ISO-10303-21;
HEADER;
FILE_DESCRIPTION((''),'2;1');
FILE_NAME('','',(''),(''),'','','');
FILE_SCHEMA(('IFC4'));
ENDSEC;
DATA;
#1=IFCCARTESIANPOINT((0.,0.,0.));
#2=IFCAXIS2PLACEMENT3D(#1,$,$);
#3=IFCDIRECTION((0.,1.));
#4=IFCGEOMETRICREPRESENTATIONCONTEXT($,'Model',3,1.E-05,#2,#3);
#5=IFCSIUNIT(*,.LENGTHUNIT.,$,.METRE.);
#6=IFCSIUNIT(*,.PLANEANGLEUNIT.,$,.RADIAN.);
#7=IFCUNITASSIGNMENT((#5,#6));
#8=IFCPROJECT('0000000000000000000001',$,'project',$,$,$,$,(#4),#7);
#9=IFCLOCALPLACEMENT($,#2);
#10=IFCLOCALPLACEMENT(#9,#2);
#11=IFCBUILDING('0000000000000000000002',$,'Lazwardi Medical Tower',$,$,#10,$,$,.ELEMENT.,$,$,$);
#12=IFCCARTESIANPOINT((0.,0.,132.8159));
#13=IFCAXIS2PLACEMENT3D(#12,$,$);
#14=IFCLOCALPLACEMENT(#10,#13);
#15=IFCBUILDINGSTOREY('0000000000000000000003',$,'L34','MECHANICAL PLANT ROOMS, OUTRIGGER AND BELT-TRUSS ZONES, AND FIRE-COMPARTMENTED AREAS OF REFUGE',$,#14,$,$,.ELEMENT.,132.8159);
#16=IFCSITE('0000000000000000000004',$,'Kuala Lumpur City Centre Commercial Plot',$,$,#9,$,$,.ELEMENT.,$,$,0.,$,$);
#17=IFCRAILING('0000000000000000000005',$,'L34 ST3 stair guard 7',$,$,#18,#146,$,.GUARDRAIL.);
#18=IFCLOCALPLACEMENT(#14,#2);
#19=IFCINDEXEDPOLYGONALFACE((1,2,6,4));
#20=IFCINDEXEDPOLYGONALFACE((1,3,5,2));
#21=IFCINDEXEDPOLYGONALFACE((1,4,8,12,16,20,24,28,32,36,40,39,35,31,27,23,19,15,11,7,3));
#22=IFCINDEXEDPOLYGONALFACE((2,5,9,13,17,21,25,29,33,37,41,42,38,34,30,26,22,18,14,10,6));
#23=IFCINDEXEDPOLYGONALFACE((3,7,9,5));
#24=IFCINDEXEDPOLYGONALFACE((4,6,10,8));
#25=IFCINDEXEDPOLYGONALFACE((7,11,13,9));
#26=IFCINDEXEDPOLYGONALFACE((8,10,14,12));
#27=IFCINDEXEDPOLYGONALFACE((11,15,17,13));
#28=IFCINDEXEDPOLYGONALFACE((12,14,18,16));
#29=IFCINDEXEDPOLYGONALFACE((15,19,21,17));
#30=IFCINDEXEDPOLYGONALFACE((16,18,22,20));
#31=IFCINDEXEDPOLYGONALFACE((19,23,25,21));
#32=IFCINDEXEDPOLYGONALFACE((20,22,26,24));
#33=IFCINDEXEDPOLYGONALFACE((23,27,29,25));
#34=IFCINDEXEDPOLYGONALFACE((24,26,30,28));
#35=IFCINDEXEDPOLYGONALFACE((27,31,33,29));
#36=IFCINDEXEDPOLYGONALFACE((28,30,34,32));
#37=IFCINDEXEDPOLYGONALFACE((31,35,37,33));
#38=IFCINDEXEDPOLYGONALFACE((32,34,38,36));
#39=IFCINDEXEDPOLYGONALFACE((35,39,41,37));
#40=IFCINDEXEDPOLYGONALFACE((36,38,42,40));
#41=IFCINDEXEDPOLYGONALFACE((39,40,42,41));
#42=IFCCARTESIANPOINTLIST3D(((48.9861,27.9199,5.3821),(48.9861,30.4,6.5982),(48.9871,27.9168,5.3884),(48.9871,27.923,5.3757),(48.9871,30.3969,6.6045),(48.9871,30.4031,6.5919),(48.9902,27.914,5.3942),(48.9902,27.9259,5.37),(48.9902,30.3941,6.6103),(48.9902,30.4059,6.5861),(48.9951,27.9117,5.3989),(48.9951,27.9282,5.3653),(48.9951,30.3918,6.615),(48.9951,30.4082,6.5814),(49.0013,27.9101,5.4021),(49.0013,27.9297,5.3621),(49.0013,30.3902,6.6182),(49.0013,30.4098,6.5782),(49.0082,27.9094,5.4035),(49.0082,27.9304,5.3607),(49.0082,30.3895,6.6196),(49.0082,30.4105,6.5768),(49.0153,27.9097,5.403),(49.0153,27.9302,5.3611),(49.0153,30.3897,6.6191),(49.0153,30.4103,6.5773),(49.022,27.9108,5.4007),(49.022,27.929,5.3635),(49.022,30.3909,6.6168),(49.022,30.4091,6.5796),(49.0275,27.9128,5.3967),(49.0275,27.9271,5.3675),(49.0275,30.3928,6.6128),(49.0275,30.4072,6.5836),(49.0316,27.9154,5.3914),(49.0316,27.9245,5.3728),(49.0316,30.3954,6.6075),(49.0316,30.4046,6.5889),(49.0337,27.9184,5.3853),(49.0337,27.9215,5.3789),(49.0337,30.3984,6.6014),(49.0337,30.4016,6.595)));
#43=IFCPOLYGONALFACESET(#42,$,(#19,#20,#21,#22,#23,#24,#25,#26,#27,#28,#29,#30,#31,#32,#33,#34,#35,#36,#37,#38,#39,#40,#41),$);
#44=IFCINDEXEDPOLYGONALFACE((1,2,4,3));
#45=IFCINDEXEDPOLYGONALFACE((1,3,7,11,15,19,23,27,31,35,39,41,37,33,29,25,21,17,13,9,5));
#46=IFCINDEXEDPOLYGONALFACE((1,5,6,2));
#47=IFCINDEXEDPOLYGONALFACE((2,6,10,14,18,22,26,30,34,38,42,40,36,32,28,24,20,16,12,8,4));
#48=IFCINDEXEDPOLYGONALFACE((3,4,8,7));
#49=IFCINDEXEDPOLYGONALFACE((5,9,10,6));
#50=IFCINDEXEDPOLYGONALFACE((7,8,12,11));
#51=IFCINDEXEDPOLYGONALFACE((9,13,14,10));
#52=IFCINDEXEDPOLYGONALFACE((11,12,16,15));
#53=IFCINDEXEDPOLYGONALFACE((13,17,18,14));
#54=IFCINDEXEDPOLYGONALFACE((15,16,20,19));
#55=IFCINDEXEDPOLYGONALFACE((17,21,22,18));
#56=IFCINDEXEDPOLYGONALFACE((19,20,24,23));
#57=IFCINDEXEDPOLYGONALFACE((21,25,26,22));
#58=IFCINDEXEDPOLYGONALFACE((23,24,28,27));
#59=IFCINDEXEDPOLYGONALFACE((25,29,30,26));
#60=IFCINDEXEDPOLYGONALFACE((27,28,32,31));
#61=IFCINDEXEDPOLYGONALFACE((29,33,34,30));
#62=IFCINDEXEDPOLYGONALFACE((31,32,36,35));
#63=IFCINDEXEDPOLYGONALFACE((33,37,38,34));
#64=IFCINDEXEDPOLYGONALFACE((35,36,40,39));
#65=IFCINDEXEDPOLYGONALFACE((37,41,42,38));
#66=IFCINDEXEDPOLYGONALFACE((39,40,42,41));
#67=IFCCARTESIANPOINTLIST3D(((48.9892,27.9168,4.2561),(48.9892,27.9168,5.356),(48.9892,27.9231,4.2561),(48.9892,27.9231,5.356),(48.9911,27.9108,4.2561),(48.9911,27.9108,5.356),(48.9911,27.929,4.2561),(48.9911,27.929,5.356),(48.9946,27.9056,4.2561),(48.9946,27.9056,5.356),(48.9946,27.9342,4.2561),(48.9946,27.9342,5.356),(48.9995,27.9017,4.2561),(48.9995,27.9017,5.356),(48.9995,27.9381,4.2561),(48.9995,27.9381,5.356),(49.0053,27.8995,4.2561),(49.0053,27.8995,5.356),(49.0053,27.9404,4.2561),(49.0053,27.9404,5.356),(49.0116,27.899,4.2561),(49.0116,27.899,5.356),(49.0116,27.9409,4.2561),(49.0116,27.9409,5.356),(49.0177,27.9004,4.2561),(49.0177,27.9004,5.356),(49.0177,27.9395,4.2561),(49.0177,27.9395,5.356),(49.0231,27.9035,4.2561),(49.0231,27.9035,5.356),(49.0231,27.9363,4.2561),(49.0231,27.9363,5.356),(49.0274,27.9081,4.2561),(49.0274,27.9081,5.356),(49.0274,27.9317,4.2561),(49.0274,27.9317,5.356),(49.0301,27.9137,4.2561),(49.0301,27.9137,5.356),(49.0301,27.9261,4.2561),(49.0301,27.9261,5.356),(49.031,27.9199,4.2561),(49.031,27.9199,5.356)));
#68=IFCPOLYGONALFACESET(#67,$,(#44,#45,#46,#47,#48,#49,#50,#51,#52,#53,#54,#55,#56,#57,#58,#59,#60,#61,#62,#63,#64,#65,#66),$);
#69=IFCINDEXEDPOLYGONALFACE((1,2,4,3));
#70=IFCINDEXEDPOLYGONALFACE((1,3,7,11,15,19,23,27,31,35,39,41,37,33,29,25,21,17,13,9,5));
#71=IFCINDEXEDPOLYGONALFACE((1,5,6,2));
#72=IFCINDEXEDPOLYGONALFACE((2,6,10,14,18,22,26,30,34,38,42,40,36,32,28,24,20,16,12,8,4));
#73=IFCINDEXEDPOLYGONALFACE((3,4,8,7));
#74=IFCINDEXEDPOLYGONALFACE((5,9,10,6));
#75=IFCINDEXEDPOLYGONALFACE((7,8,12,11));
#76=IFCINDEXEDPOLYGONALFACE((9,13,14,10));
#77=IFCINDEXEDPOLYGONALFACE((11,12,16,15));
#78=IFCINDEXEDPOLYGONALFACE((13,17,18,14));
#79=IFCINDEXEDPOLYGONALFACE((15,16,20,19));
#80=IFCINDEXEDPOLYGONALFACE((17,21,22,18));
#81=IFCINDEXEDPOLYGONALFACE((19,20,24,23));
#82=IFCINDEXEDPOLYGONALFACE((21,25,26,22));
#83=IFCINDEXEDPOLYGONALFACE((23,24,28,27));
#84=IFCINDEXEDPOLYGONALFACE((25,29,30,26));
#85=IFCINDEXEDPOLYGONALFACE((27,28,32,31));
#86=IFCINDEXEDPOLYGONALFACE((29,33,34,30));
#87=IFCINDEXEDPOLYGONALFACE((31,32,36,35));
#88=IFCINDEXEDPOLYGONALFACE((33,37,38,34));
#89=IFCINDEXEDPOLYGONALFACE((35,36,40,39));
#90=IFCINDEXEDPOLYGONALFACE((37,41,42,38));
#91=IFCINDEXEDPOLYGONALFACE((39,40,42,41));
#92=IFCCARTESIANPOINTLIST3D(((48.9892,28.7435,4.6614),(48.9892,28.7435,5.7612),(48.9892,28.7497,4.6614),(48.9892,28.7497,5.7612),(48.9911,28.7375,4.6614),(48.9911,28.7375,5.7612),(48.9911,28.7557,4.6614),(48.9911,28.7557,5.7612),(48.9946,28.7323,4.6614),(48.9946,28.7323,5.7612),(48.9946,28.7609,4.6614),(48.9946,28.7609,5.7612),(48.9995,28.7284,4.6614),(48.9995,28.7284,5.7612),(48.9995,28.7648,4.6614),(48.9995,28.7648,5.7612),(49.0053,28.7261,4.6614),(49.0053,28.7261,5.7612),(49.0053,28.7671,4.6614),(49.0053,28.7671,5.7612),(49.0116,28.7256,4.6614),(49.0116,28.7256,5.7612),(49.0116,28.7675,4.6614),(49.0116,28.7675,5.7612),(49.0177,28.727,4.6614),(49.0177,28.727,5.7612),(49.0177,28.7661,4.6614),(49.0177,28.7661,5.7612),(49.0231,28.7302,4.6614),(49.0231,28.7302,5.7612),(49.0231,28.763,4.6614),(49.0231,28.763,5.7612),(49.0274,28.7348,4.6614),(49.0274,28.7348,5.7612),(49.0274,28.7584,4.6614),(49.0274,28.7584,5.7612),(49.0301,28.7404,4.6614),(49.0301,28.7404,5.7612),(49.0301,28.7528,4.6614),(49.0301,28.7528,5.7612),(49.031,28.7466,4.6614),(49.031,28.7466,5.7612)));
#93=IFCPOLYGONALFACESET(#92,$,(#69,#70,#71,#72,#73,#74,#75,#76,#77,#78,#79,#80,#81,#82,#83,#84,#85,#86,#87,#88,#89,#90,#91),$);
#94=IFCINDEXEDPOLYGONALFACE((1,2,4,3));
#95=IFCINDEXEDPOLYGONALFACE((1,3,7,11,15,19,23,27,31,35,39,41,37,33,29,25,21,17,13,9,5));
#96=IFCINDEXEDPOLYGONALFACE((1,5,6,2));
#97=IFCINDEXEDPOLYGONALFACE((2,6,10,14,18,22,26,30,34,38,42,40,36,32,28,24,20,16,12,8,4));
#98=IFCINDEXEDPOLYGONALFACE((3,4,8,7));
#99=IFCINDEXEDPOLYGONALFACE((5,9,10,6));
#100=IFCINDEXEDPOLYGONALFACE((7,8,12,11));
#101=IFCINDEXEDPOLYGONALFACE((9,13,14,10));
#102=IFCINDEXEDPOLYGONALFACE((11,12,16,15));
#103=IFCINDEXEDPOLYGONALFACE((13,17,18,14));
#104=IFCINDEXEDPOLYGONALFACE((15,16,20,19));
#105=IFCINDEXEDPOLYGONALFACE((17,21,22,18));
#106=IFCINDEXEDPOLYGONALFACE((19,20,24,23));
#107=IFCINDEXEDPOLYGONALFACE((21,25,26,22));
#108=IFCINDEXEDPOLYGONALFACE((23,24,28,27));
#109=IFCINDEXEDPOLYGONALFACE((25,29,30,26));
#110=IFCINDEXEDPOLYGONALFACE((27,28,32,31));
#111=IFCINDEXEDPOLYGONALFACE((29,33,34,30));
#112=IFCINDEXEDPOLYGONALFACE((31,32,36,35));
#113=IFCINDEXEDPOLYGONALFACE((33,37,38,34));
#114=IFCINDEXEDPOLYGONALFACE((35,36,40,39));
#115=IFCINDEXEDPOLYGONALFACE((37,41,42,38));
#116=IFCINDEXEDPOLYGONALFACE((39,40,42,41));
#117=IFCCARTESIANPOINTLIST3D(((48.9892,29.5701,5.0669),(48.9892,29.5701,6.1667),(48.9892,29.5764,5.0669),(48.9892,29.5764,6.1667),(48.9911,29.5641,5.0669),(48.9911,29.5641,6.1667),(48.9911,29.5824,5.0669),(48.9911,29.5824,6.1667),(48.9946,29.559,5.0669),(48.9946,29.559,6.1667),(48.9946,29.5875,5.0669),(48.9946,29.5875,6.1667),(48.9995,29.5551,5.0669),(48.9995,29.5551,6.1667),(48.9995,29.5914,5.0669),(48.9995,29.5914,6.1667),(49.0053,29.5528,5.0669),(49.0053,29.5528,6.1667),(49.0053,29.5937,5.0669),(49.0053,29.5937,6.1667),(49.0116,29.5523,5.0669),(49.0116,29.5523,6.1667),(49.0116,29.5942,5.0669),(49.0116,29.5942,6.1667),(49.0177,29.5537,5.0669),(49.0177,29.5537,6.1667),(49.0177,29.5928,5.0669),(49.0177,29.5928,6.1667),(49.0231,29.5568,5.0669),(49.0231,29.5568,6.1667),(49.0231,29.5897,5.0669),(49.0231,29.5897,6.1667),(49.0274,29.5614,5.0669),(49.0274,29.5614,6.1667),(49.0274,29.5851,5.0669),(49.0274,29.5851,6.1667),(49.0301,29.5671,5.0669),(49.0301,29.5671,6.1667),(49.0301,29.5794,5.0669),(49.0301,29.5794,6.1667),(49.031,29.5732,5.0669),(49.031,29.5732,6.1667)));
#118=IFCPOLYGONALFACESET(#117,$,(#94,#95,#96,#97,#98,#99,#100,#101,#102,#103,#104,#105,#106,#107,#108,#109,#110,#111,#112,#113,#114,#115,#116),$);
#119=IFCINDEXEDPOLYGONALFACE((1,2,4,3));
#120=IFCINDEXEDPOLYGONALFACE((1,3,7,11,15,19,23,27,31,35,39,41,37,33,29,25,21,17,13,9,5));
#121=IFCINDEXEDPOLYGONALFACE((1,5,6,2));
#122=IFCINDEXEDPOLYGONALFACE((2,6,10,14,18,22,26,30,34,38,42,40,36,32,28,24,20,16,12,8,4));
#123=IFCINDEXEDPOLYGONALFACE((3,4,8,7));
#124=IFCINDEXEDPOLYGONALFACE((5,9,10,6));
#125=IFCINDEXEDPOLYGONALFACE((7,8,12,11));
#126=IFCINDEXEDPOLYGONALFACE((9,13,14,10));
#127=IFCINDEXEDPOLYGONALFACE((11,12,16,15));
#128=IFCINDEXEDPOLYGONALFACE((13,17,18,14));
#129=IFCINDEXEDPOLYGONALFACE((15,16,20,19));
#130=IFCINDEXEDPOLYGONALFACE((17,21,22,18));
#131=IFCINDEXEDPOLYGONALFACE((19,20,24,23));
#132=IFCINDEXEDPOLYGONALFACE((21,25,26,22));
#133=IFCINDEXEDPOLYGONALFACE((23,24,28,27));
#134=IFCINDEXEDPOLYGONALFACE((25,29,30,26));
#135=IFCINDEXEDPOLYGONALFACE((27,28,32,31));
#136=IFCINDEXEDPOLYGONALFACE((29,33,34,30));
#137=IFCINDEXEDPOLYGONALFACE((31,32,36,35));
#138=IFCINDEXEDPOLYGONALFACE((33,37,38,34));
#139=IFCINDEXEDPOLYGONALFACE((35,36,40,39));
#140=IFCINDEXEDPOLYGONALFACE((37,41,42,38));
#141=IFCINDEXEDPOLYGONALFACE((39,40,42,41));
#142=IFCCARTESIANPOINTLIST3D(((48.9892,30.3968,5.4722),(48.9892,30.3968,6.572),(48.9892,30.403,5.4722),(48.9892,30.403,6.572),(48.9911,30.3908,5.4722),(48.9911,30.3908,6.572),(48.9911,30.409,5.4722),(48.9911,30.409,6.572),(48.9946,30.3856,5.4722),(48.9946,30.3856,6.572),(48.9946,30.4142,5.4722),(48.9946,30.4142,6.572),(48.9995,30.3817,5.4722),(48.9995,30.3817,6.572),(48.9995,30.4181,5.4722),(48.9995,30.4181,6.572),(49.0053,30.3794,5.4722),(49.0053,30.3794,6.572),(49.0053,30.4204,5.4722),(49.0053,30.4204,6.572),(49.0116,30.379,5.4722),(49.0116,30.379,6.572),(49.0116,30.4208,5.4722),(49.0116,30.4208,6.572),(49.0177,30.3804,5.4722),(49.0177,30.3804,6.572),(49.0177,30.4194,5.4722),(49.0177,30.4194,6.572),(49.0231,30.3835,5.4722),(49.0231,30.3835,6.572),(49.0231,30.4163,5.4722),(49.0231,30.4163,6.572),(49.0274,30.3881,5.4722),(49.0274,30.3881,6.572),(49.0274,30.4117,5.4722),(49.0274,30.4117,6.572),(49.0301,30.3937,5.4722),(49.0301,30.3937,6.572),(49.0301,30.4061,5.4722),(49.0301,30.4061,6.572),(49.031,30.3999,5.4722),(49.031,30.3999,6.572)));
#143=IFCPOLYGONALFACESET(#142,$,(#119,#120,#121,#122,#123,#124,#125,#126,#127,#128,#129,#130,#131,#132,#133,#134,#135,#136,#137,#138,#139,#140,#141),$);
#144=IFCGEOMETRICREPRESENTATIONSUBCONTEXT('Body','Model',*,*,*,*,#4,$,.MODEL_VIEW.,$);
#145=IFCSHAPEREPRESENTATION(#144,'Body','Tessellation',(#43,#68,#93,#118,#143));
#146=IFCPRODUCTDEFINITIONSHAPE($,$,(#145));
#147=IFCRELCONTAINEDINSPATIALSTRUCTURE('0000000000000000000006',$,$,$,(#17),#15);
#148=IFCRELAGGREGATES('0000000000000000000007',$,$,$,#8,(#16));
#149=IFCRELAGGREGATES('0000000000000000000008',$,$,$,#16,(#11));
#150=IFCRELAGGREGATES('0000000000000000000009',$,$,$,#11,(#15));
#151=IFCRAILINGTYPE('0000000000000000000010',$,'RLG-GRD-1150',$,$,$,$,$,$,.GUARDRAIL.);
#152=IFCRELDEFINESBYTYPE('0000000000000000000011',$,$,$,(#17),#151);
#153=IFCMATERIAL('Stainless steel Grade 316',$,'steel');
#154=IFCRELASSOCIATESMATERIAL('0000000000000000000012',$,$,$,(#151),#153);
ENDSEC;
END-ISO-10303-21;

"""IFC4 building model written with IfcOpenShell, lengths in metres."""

from ifc_helpers import new_model, si_unit, direction, frame, origin, origin_2d, place, context, subcontext, project, spatial, circle, extrude, material, type_object, element, save


model = new_model("IFC4")

# Units and contexts
model_context = context("Model", 3, precision=1e-05, world=origin(), true_north=direction((0.0, 1.0)))
body_context = subcontext(model_context, "Body", "Model", "MODEL_VIEW")
ifc_project = project(units=[si_unit("LENGTHUNIT", "METRE"), si_unit("PLANEANGLEUNIT", "RADIAN")], contexts=[model_context])

# Site, building, storey
site_placement = place(None, origin())
site = spatial("IfcSite", under=ifc_project, at=site_placement, Name="Kuala Lumpur City Centre Commercial Plot", CompositionType="ELEMENT", RefElevation=0.0)
building_placement = place(site_placement, origin())
building = spatial("IfcBuilding", under=site, at=building_placement, Name="Lazwardi Medical Tower", CompositionType="ELEMENT")
storey_placement = place(building_placement, frame((0.0, 0.0, 132.8159)))
storey = spatial("IfcBuildingStorey", under=building, at=storey_placement, Name="L34", Description="MECHANICAL PLANT ROOMS, OUTRIGGER AND BELT-TRUSS ZONES, AND FIRE-COMPARTMENTED AREAS OF REFUGE", CompositionType="ELEMENT", Elevation=132.8159)

# Railing
ifc_material_1 = material(Name="Stainless steel Grade 316", Category="steel")
railing_type_1 = type_object("IfcRailingType", Name="RLG-GRD-1150", PredefinedType="GUARDRAIL", material=ifc_material_1)
railing_1_placement = place(storey_placement, frame((49.01, 27.9199, 4.2561)))
element("IfcRailing", 1, at=railing_1_placement, inside=storey, type_object=railing_type_1, Name="L34 ST3 stair guard 7", PredefinedType="GUARDRAIL", context=body_context, shape_type="SweptSolid", body=[
    extrude(circle(Radius=0.0239, at=origin_2d()), frame((0.0, 0.0, 1.126), z_axis=(0.0, 0.897865, 0.44027), x_axis=(-1.0, 0.0, 0.0)), (0.0, 0.0, 1.0), 2.7622),
    extrude(circle(Radius=0.021, at=origin_2d()), origin(), (0.0, 0.0, 1.0), 1.0999),
    extrude(circle(Radius=0.021, at=origin_2d()), frame((0.0, 0.8267, 0.4053)), (0.0, 0.0, 1.0), 1.0999),
    extrude(circle(Radius=0.021, at=origin_2d()), frame((0.0, 1.6533, 0.8108)), (0.0, 0.0, 1.0), 1.0999),
    extrude(circle(Radius=0.021, at=origin_2d()), frame((0.0, 2.48, 1.2161)), (0.0, 0.0, 1.0), 1.0999),
])

save(model, "model.ifc")
